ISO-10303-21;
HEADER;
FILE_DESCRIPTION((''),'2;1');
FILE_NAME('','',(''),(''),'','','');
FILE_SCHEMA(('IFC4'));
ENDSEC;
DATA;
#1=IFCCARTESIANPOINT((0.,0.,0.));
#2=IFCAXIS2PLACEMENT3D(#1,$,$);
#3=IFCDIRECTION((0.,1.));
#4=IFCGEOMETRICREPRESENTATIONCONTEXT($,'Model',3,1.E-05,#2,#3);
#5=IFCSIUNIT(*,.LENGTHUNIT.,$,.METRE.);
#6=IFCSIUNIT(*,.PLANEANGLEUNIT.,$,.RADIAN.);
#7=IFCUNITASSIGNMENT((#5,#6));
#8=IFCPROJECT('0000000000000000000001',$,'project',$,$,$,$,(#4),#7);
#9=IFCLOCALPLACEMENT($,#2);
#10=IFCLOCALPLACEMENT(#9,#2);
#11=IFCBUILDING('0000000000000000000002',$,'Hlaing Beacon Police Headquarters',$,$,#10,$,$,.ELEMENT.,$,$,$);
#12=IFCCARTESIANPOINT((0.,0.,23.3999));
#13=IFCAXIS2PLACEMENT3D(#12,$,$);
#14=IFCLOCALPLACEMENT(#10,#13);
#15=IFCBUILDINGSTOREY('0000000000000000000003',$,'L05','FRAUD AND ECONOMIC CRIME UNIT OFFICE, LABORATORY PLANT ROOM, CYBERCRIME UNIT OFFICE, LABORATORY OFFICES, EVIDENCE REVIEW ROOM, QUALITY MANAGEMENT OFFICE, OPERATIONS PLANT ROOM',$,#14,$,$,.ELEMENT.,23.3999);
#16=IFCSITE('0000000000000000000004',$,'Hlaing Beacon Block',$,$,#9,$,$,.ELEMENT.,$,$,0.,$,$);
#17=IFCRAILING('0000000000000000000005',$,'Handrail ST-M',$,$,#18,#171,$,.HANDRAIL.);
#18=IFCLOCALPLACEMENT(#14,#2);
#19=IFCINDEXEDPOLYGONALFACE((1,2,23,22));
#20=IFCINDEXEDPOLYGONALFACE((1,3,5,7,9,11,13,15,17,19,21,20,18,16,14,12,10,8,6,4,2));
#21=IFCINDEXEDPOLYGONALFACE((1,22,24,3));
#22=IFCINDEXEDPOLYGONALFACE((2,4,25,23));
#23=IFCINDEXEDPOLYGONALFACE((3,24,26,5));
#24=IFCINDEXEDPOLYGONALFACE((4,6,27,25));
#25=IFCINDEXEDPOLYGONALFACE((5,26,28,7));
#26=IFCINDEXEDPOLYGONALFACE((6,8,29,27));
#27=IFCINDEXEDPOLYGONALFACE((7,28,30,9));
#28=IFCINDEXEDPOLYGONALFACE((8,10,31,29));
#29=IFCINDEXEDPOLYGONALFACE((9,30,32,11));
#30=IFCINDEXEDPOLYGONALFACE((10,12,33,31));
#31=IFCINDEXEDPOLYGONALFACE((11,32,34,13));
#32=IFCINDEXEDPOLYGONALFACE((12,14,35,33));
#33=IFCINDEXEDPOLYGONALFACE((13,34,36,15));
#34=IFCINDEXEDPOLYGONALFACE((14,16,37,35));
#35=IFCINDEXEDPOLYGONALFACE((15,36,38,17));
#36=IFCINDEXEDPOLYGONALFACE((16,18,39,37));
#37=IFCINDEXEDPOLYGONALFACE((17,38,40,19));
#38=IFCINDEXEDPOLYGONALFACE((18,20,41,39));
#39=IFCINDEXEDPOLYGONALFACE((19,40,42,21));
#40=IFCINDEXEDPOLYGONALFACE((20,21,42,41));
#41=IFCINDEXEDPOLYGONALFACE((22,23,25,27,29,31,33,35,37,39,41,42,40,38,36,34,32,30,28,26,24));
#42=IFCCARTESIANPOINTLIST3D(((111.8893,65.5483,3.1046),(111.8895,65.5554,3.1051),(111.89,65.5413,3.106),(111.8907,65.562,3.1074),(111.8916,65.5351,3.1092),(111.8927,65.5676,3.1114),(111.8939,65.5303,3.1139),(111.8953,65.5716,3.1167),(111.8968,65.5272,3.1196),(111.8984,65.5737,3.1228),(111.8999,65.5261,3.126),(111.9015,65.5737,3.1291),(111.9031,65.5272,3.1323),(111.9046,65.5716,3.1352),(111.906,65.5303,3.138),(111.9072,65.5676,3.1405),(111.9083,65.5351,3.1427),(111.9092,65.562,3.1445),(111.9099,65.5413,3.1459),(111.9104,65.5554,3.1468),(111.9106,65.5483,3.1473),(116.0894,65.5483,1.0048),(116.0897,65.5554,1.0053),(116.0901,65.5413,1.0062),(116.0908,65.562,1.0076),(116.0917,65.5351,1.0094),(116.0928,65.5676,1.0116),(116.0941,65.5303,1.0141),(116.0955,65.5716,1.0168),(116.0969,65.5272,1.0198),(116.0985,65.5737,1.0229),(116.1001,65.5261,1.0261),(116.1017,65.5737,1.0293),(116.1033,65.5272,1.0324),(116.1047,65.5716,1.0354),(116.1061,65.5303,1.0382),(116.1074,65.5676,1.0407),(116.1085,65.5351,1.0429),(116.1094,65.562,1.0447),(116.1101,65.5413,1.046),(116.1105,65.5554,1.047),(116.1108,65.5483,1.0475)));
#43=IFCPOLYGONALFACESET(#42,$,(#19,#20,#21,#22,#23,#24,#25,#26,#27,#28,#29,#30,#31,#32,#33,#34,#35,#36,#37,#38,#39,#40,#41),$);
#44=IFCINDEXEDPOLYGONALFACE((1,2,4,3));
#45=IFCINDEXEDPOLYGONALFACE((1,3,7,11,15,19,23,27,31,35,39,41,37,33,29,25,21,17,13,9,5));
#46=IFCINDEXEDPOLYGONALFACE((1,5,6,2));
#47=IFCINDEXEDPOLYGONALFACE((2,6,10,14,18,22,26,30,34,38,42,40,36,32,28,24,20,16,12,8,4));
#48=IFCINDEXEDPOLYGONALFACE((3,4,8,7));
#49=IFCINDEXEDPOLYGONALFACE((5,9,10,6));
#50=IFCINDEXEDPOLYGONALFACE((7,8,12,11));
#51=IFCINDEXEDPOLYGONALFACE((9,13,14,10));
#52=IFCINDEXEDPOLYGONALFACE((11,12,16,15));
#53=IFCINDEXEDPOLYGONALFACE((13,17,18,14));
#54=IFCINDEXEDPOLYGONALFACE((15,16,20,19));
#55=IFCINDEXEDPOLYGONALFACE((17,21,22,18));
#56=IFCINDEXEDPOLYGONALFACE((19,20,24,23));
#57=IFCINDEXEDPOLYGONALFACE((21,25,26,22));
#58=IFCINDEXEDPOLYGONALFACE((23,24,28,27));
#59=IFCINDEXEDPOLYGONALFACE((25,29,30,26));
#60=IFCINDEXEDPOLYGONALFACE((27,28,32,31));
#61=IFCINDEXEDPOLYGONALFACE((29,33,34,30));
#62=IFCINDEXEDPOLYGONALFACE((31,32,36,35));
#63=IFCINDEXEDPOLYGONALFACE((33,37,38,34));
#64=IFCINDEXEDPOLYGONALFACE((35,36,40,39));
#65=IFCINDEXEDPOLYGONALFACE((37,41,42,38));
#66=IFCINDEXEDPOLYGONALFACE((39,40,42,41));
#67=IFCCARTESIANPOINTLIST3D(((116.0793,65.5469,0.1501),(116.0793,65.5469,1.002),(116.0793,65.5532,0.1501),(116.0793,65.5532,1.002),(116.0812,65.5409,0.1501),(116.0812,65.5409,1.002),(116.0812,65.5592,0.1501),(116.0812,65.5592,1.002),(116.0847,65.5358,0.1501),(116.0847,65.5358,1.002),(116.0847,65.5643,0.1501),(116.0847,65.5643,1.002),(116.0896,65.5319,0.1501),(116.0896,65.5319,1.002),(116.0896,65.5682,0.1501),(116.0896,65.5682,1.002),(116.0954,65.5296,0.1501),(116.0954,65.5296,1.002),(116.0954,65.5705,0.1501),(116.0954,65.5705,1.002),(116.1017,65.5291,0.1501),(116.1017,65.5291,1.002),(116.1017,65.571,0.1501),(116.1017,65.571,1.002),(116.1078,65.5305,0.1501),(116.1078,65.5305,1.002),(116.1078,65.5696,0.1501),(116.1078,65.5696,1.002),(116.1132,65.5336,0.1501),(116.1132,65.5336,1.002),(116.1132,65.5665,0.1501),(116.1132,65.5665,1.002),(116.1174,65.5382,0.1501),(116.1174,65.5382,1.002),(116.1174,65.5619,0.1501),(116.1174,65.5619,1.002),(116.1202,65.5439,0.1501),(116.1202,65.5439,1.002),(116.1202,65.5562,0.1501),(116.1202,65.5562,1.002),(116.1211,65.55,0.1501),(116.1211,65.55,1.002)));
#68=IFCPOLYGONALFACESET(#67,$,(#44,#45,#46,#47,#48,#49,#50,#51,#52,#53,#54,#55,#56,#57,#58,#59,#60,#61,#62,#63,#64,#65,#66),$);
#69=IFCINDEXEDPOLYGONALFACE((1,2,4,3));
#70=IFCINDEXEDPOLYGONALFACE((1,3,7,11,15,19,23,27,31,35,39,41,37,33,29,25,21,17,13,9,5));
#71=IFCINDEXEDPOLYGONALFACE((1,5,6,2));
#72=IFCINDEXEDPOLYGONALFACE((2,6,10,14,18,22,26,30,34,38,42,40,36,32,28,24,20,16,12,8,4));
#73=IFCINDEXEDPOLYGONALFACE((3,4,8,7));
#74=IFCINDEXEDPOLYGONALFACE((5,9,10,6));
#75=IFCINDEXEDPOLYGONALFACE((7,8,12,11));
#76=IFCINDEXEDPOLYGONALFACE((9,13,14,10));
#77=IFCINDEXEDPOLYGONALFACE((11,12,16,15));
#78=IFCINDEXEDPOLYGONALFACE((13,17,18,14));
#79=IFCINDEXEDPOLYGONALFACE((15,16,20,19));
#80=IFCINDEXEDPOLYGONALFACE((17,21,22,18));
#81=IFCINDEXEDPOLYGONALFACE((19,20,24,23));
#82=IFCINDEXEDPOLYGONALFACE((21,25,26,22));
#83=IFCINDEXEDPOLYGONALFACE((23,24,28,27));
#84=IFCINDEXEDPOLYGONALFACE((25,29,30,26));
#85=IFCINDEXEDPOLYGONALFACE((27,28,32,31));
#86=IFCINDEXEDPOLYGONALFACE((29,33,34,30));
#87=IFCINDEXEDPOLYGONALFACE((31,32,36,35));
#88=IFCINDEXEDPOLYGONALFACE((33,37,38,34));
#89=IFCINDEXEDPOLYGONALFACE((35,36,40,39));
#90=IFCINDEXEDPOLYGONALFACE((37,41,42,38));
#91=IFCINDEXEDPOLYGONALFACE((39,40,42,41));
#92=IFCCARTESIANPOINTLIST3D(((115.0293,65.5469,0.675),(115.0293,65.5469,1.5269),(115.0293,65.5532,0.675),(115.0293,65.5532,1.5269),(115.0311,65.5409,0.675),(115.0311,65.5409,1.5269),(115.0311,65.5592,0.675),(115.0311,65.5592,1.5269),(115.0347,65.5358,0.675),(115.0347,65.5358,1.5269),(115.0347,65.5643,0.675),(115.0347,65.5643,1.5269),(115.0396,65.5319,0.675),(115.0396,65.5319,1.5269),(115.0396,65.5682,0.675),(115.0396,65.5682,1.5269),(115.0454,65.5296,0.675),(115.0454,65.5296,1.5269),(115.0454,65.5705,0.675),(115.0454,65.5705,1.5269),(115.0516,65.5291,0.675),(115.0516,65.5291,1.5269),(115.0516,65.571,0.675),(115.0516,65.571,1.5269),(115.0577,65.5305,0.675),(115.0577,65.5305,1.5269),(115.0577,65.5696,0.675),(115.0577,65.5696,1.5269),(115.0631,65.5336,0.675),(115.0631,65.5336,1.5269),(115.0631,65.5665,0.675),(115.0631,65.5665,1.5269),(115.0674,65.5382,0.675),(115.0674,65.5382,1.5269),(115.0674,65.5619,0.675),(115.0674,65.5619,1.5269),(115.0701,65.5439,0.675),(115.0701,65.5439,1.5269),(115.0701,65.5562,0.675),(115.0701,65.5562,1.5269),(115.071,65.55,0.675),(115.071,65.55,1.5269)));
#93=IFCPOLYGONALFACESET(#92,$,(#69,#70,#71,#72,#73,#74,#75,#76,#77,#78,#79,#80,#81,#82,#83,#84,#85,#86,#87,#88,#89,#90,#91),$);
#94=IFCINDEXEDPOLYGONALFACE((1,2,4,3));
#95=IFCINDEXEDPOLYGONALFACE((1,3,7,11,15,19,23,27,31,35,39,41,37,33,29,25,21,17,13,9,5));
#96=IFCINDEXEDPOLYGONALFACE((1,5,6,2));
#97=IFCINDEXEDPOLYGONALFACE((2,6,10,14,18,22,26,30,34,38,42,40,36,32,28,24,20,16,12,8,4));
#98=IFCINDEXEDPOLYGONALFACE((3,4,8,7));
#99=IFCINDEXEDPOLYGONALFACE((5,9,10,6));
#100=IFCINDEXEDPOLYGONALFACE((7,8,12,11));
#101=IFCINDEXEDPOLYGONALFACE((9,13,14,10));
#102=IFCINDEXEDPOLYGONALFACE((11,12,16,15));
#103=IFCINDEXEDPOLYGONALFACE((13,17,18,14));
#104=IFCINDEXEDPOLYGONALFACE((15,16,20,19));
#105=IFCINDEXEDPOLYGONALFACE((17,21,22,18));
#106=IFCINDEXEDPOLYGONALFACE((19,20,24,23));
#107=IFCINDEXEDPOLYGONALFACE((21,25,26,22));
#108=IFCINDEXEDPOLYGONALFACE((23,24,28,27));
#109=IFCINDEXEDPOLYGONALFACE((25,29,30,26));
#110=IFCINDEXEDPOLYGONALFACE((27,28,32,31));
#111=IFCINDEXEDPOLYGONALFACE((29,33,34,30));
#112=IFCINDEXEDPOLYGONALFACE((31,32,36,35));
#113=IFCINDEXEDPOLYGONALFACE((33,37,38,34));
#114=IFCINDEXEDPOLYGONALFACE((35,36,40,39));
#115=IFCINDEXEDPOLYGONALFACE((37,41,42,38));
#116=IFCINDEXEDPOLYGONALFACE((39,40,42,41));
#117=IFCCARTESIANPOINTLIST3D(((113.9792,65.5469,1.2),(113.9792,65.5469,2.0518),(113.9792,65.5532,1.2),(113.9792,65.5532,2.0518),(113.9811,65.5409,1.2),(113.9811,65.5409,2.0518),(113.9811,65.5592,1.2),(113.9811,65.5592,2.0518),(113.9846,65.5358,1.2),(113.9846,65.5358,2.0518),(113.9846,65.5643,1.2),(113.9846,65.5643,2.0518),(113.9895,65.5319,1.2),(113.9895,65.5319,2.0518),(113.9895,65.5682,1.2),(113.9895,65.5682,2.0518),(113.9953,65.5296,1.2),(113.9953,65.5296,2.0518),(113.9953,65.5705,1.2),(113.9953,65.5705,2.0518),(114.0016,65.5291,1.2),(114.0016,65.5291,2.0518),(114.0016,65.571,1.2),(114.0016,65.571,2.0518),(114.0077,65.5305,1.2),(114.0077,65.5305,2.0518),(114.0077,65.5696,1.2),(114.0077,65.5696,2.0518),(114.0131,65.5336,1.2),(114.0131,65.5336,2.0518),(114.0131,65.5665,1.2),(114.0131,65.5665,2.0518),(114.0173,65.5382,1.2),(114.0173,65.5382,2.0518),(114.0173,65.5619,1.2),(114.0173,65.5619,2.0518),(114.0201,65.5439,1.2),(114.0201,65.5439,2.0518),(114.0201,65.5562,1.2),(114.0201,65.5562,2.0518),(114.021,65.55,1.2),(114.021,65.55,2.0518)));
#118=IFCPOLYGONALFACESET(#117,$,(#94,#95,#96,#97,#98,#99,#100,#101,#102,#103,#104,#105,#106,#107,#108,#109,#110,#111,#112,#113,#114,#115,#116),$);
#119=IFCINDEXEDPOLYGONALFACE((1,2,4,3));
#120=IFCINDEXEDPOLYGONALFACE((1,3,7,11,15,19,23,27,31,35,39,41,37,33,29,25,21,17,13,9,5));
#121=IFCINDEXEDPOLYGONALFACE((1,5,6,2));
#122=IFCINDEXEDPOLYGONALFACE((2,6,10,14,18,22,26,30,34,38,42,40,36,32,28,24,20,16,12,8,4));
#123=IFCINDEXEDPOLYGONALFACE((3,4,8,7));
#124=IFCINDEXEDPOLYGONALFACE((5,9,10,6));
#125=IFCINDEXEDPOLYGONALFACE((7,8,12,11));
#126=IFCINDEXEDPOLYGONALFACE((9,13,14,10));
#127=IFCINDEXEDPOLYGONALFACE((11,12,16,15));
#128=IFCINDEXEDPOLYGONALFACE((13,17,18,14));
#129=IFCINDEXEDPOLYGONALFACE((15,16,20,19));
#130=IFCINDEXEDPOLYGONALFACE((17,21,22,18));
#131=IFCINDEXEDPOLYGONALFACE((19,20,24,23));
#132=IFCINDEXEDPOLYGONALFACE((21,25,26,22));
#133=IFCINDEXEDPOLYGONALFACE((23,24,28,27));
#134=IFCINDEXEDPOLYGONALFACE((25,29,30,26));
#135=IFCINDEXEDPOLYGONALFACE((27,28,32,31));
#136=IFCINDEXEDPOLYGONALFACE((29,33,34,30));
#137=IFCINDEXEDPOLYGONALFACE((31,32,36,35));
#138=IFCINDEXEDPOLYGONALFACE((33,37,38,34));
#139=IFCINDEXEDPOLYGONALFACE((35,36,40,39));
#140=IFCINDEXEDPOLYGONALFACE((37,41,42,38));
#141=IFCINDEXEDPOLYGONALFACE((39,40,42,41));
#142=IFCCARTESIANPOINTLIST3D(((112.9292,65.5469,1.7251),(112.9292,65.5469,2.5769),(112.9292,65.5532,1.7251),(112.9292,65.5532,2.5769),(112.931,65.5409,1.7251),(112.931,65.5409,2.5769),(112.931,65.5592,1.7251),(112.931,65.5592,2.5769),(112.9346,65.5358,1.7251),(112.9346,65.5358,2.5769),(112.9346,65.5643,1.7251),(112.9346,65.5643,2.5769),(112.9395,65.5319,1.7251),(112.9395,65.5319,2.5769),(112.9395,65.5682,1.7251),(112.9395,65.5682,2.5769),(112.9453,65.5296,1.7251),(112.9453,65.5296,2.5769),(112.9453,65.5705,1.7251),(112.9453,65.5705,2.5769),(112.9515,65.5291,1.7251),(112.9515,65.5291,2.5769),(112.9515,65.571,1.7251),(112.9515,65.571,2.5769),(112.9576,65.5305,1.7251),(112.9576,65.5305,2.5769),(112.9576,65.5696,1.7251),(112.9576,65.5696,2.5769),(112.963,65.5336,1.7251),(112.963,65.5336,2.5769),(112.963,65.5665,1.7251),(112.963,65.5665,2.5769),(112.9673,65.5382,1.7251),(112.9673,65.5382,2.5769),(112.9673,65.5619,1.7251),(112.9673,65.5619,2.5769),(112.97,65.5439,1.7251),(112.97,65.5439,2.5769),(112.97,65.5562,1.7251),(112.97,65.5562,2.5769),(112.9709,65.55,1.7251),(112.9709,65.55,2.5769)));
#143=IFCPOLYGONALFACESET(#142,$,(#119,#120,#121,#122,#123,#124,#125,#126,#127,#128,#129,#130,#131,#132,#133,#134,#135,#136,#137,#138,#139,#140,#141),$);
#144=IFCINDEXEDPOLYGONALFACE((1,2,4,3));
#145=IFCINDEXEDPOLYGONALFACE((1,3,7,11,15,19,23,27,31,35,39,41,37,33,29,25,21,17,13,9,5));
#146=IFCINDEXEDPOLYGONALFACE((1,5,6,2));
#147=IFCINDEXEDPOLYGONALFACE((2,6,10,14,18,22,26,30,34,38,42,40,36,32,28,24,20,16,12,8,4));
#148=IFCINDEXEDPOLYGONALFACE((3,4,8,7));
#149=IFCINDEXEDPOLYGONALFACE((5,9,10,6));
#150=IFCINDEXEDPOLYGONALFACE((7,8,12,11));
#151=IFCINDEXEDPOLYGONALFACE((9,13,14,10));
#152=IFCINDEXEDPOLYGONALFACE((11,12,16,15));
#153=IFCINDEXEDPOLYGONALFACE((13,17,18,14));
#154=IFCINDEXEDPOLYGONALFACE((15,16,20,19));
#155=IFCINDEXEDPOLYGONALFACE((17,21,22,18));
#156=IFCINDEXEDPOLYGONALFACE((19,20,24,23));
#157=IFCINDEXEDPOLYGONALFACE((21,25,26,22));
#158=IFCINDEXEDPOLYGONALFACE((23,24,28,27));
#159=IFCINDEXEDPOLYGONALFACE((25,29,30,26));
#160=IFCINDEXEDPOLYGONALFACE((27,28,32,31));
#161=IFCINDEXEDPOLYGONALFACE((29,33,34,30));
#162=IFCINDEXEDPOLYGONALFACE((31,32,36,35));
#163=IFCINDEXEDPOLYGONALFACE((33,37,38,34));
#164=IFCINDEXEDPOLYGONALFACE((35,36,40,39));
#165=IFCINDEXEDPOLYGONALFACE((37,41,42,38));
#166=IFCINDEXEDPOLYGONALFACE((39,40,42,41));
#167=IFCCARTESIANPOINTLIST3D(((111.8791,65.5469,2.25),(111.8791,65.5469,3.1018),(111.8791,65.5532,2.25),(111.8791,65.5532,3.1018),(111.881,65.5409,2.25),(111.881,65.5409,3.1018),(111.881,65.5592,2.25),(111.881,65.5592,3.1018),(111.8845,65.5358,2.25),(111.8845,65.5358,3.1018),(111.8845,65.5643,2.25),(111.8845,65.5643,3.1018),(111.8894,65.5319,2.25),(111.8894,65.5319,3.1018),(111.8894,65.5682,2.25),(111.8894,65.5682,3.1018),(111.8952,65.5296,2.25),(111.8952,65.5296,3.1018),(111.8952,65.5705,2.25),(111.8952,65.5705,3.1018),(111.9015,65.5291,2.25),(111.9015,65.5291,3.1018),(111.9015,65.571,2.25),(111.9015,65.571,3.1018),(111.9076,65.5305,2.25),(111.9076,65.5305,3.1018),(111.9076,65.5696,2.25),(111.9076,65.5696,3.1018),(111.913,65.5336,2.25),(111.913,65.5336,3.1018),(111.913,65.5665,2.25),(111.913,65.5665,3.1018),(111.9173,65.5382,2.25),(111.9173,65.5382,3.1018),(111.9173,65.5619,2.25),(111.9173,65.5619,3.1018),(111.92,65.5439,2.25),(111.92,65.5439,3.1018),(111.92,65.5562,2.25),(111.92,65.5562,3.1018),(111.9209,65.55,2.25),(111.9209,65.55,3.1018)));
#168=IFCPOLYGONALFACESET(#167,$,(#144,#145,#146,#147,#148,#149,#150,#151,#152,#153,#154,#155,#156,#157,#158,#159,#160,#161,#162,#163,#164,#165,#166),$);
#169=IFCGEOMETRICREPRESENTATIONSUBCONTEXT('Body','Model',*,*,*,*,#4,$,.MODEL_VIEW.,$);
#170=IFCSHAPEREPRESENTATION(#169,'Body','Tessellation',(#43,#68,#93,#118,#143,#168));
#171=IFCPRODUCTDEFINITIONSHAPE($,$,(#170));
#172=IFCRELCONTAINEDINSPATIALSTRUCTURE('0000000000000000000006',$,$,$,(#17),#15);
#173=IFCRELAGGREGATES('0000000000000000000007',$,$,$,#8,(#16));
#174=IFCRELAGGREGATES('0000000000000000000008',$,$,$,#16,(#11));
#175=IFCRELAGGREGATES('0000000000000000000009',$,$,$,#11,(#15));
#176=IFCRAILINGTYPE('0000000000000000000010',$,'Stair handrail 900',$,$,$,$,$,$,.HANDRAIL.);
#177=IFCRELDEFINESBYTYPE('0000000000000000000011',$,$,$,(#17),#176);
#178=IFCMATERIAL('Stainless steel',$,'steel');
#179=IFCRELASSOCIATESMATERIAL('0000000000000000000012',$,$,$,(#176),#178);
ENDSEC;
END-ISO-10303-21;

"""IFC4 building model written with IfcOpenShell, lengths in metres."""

from ifc_helpers import new_model, si_unit, direction, frame, origin, origin_2d, place, context, subcontext, project, spatial, circle, extrude, material, type_object, element, save


model = new_model("IFC4")

# Units and contexts
model_context = context("Model", 3, precision=1e-05, world=origin(), true_north=direction((0.0, 1.0)))
body_context = subcontext(model_context, "Body", "Model", "MODEL_VIEW")
ifc_project = project(units=[si_unit("LENGTHUNIT", "METRE"), si_unit("PLANEANGLEUNIT", "RADIAN")], contexts=[model_context])

# Site, building, storey
site_placement = place(None, origin())
site = spatial("IfcSite", under=ifc_project, at=site_placement, Name="Hlaing Beacon Block", CompositionType="ELEMENT", RefElevation=0.0)
building_placement = place(site_placement, origin())
building = spatial("IfcBuilding", under=site, at=building_placement, Name="Hlaing Beacon Police Headquarters", CompositionType="ELEMENT")
storey_placement = place(building_placement, frame((0.0, 0.0, 23.3999)))
storey = spatial("IfcBuildingStorey", under=building, at=storey_placement, Name="L05", Description="FRAUD AND ECONOMIC CRIME UNIT OFFICE, LABORATORY PLANT ROOM, CYBERCRIME UNIT OFFICE, LABORATORY OFFICES, EVIDENCE REVIEW ROOM, QUALITY MANAGEMENT OFFICE, OPERATIONS PLANT ROOM", CompositionType="ELEMENT", Elevation=23.3999)

# Railing
ifc_material_1 = material(Name="Stainless steel", Category="steel")
railing_type_1 = type_object("IfcRailingType", Name="Stair handrail 900", PredefinedType="HANDRAIL", material=ifc_material_1)
for number, where, name in (
    (1, (116.1001, 65.55, 0.1501), "Handrail ST-M"),
):
    element("IfcRailing", number, at=place(storey_placement, frame(where)), inside=storey, type_object=railing_type_1, Name=name, PredefinedType="HANDRAIL", context=body_context, shape_type="SweptSolid", body=[
        extrude(circle(Radius=0.0239, at=origin_2d()), frame((0.0, 0.0, 0.876), z_axis=(-0.894448, 0.0, 0.447172), x_axis=(0.0, -1.0, 0.0)), (0.0, 0.0, 1.0), 4.6958),
        extrude(circle(Radius=0.021, at=origin_2d()), origin(), (0.0, 0.0, 1.0), 0.8518),
        extrude(circle(Radius=0.021, at=origin_2d()), frame((-1.05, 0.0, 0.5249)), (0.0, 0.0, 1.0), 0.8518),
        extrude(circle(Radius=0.021, at=origin_2d()), frame((-2.1001, 0.0, 1.0498)), (0.0, 0.0, 1.0), 0.8518),
        extrude(circle(Radius=0.021, at=origin_2d()), frame((-3.1501, 0.0, 1.575)), (0.0, 0.0, 1.0), 0.8518),
        extrude(circle(Radius=0.021, at=origin_2d()), frame((-4.2002, 0.0, 2.0999)), (0.0, 0.0, 1.0), 0.8518),
    ])

save(model, "model.ifc")
